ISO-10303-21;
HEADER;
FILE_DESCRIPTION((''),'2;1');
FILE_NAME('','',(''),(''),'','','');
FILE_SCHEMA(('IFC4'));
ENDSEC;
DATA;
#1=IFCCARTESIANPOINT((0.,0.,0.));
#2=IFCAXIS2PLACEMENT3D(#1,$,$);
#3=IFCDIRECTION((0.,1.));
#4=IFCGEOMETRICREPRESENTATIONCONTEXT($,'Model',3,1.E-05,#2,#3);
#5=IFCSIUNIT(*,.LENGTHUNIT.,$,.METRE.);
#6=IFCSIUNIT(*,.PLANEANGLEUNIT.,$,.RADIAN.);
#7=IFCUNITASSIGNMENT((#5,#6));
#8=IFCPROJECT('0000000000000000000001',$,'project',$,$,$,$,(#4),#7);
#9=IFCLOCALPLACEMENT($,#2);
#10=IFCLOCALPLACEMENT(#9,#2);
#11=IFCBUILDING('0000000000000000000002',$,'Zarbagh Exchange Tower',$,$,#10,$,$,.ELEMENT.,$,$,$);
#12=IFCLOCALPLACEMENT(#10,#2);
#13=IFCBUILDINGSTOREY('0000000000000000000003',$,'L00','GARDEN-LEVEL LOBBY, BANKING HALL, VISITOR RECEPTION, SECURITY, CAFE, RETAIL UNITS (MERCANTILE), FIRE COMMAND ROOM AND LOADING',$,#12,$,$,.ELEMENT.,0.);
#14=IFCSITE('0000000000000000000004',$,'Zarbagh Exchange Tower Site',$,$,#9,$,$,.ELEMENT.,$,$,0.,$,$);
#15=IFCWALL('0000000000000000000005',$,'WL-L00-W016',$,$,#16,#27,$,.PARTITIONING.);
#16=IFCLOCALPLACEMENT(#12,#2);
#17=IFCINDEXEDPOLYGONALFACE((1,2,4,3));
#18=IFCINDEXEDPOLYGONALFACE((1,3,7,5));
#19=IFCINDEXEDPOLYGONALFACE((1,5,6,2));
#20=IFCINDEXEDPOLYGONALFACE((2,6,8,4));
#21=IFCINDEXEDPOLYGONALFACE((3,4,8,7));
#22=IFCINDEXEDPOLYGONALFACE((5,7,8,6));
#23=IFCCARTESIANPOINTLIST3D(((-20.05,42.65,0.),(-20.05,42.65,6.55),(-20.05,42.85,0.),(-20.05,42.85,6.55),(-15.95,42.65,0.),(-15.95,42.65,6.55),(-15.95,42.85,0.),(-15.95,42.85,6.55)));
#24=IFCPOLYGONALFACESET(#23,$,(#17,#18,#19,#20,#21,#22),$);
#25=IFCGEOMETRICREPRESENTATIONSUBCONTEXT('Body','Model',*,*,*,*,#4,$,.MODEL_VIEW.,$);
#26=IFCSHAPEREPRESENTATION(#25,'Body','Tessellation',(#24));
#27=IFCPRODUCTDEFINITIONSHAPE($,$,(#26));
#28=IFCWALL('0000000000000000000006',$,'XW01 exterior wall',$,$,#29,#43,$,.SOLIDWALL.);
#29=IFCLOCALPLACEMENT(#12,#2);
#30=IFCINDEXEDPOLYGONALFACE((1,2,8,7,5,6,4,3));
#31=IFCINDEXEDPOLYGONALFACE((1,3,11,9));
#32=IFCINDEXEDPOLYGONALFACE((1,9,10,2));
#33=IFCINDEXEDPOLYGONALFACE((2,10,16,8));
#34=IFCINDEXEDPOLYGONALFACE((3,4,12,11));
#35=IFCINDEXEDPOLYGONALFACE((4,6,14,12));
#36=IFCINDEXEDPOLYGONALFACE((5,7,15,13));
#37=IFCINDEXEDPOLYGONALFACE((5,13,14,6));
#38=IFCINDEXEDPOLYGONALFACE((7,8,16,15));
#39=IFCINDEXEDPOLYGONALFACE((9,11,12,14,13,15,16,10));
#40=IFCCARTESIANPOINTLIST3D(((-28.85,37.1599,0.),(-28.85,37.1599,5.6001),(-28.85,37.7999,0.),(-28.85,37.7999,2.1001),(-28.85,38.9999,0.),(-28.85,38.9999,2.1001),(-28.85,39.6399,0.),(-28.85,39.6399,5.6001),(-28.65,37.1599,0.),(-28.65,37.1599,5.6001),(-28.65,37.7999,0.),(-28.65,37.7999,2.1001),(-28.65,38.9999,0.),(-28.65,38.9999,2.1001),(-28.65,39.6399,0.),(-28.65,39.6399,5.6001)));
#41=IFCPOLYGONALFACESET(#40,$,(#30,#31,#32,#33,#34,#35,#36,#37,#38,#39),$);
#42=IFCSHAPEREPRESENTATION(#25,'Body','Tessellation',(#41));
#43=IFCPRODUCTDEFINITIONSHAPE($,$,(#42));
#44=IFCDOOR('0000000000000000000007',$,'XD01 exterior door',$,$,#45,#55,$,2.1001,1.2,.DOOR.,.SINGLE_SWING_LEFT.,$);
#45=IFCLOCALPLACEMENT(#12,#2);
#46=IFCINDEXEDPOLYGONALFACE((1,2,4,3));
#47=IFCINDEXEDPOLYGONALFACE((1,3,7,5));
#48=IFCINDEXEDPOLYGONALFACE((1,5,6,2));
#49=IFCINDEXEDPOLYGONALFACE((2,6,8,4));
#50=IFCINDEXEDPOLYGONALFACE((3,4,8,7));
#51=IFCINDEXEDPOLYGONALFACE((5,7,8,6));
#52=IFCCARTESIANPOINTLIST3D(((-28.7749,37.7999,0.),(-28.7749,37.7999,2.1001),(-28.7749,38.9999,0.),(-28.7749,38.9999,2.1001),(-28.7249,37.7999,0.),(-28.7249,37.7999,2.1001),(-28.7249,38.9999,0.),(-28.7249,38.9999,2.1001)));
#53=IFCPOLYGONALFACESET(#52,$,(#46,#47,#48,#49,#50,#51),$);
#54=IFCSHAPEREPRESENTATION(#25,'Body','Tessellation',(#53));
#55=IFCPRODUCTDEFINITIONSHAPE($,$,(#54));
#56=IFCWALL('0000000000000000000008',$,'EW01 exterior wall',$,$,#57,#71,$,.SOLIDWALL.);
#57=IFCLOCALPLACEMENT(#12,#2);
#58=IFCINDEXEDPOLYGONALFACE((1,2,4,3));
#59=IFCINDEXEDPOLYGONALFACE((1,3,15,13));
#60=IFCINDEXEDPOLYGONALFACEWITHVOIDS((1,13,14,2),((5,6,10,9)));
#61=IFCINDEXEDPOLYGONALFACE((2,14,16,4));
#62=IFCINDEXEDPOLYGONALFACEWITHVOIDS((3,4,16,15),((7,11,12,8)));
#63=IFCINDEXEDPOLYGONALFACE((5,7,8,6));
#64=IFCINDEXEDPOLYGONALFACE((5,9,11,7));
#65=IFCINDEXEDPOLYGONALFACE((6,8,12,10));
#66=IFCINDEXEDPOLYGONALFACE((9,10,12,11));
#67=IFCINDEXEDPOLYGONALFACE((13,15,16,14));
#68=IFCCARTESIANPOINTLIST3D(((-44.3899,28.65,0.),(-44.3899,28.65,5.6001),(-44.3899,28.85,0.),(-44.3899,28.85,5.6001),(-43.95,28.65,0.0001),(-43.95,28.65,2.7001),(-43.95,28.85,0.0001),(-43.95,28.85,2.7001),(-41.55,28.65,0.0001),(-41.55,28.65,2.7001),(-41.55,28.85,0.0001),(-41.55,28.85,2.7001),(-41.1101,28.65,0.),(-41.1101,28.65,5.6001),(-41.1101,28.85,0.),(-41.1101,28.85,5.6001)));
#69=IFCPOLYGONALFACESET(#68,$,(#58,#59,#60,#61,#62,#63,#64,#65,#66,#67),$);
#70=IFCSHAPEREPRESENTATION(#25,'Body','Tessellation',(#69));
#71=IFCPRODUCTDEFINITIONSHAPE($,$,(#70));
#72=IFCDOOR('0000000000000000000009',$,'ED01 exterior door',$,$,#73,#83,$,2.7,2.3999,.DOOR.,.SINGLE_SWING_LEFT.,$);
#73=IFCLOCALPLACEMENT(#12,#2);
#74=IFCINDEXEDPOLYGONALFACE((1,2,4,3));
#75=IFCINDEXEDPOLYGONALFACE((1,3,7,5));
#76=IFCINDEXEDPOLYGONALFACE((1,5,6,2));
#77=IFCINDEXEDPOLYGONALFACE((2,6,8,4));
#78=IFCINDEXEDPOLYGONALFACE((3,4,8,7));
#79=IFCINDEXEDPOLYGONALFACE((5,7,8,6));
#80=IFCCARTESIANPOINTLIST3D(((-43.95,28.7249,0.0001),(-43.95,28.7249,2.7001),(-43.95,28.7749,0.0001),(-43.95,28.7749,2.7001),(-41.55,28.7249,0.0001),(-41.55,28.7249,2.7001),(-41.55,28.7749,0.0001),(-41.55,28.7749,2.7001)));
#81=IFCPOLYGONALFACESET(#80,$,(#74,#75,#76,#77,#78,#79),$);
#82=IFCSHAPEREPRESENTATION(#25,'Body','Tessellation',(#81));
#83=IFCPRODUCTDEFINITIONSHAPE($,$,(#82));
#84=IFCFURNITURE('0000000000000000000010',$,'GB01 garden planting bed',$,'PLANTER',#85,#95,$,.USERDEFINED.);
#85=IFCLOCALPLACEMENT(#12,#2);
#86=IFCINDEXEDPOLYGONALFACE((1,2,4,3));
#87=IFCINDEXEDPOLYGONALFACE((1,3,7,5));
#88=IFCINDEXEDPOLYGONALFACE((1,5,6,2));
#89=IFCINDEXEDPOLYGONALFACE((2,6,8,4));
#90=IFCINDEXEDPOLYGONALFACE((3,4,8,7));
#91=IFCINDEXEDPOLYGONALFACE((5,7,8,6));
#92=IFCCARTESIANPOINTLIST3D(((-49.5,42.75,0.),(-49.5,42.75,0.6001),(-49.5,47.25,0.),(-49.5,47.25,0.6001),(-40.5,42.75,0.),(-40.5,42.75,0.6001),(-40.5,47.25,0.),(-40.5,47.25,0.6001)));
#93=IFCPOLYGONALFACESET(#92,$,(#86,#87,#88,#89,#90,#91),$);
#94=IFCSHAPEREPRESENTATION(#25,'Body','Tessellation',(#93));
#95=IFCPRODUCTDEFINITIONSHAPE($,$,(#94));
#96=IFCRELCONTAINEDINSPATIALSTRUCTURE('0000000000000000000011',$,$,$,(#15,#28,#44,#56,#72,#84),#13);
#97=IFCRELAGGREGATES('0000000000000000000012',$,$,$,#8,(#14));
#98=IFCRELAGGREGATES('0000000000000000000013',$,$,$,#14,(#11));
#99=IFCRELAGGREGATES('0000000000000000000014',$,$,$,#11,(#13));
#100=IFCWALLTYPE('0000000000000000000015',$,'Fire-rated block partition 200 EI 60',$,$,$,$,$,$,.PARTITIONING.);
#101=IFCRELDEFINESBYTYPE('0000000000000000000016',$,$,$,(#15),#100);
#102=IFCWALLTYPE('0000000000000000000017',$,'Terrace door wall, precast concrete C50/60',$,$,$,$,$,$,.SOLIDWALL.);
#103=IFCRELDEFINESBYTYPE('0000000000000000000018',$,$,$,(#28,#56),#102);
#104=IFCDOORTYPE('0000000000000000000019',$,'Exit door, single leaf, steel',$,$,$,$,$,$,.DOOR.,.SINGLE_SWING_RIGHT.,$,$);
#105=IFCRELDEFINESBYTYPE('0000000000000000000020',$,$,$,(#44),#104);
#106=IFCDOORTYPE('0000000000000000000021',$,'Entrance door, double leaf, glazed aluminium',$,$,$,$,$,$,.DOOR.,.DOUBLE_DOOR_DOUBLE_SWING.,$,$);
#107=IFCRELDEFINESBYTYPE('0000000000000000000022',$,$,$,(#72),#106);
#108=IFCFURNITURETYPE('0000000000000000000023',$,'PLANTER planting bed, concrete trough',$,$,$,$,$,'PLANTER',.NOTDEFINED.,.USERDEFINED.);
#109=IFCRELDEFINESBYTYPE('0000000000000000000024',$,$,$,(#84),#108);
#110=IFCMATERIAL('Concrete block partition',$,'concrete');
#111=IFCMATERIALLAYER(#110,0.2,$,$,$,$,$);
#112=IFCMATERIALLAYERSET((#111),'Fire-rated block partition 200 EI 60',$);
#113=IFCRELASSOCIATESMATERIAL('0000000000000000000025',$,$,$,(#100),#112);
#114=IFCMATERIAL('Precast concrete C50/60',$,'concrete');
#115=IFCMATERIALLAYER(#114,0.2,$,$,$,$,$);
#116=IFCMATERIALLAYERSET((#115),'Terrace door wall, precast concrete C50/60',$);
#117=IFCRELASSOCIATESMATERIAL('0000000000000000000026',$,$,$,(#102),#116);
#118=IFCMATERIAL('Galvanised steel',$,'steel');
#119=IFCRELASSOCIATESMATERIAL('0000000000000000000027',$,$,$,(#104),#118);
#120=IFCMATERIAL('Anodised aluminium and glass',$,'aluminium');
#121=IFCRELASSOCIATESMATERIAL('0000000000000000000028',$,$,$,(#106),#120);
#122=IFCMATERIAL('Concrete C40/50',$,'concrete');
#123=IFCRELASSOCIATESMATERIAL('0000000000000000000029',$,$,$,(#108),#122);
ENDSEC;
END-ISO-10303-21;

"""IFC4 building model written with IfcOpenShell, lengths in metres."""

from ifc_helpers import new_model, si_unit, direction, frame, frame_2d, origin, origin_2d, place, context, subcontext, project, spatial, rectangle, extrude, material, layer, layer_set, type_object, element, fill, save


model = new_model("IFC4")

# Units and contexts
model_context = context("Model", 3, precision=1e-05, world=origin(), true_north=direction((0.0, 1.0)))
body_context = subcontext(model_context, "Body", "Model", "MODEL_VIEW")
ifc_project = project(units=[si_unit("LENGTHUNIT", "METRE"), si_unit("PLANEANGLEUNIT", "RADIAN")], contexts=[model_context])

# Site, building, storey
site_placement = place(None, origin())
site = spatial("IfcSite", under=ifc_project, at=site_placement, Name="Zarbagh Exchange Tower Site", CompositionType="ELEMENT", RefElevation=0.0)
building_placement = place(site_placement, origin())
building = spatial("IfcBuilding", under=site, at=building_placement, Name="Zarbagh Exchange Tower", CompositionType="ELEMENT")
storey_placement = place(building_placement, origin())
storey = spatial("IfcBuildingStorey", under=building, at=storey_placement, Name="L00", Description="GARDEN-LEVEL LOBBY, BANKING HALL, VISITOR RECEPTION, SECURITY, CAFE, RETAIL UNITS (MERCANTILE), FIRE COMMAND ROOM AND LOADING", CompositionType="ELEMENT", Elevation=0.0)

# Shared definitions
ifc_material_1 = material(Name="Concrete block partition", Category="concrete")

# Wall
ifc_layer_1 = layer(ifc_material_1, 0.2)
ifc_layer_set_1 = layer_set([ifc_layer_1], Name="Fire-rated block partition 200 EI 60")
wall_type_1 = type_object("IfcWallType", Name="Fire-rated block partition 200 EI 60", PredefinedType="PARTITIONING", material=ifc_layer_set_1)
wall_1_placement = place(storey_placement, frame((-20.05, 42.75, 0.0), z_axis=(0.0, 0.0, 1.0), x_axis=(1.0, 0.0, 0.0)))
element("IfcWall", 1, at=wall_1_placement, inside=storey, type_object=wall_type_1, Name="WL-L00-W016", PredefinedType="PARTITIONING", context=body_context, shape_type="SweptSolid", body=[
    extrude(rectangle(XDim=4.1001, YDim=0.2, at=frame_2d((2.05, 0.0))), origin(), (0.0, 0.0, 1.0), 6.55),
])

# Walls, openings, doors
ifc_material_2 = material(Name="Precast concrete C50/60", Category="concrete")
ifc_layer_2 = layer(ifc_material_2, 0.2)
ifc_layer_set_2 = layer_set([ifc_layer_2], Name="Terrace door wall, precast concrete C50/60")
wall_type_2 = type_object("IfcWallType", Name="Terrace door wall, precast concrete C50/60", PredefinedType="SOLIDWALL", material=ifc_layer_set_2)
wall_2_placement = place(storey_placement, frame((-28.75, 37.1599, 0.0), z_axis=(0.0, 0.0, 1.0), x_axis=(0.0, 1.0, 0.0)))
wall_2 = element("IfcWall", 2, at=wall_2_placement, inside=storey, type_object=wall_type_2, Name="XW01 exterior wall", PredefinedType="SOLIDWALL", context=body_context, shape_type="SweptSolid", body=[
    extrude(rectangle(XDim=2.48, YDim=0.2, at=frame_2d((1.24, 0.0))), origin(), (0.0, 0.0, 1.0), 5.6001),
])
opening_1_placement = place(wall_2_placement, frame((0.6399, 0.0, 0.0)))
opening_1 = element("IfcOpeningElement", 3, at=opening_1_placement, cuts=wall_2, PredefinedType="OPENING", context=body_context, shape_type="SweptSolid", body=[
    extrude(rectangle(XDim=1.2, YDim=2.1001, at=frame_2d((0.6001, 1.05))), frame((0.0, 0.1099, 0.0), z_axis=(0.0, -1.0, 0.0), x_axis=(1.0, 0.0, 0.0)), (0.0, 0.0, 1.0), 0.22),
])
ifc_material_3 = material(Name="Galvanised steel", Category="steel")
door_type_1 = type_object("IfcDoorType", Name="Exit door, single leaf, steel", OperationType="SINGLE_SWING_RIGHT", PredefinedType="DOOR", material=ifc_material_3)
door_1_placement = place(opening_1_placement, origin())
door_1 = element("IfcDoor", 4, at=door_1_placement, inside=storey, type_object=door_type_1, Name="XD01 exterior door", OperationType="SINGLE_SWING_LEFT", OverallHeight=2.1001, OverallWidth=1.2, PredefinedType="DOOR", context=body_context, shape_type="SweptSolid", body=[
    extrude(rectangle(XDim=1.2, YDim=2.1001, at=frame_2d((0.6001, 1.05))), frame((0.0, 0.0249, 0.0), z_axis=(0.0, -1.0, 0.0), x_axis=(1.0, 0.0, 0.0)), (0.0, 0.0, 1.0), 0.05),
])
fill(opening_1, door_1)
wall_3_placement = place(storey_placement, frame((-44.3899, 28.75, 0.0), z_axis=(0.0, 0.0, 1.0), x_axis=(1.0, 0.0, 0.0)))
wall_3 = element("IfcWall", 5, at=wall_3_placement, inside=storey, type_object=wall_type_2, Name="EW01 exterior wall", PredefinedType="SOLIDWALL", context=body_context, shape_type="SweptSolid", body=[
    extrude(rectangle(XDim=3.2798, YDim=0.2, at=frame_2d((1.6399, 0.0))), origin(), (0.0, 0.0, 1.0), 5.6001),
])
opening_2_placement = place(wall_3_placement, frame((0.4399, 0.0, 0.0)))
opening_2 = element("IfcOpeningElement", 6, at=opening_2_placement, cuts=wall_3, PredefinedType="OPENING", context=body_context, shape_type="SweptSolid", body=[
    extrude(rectangle(XDim=2.3999, YDim=2.7, at=frame_2d((1.2, 1.3501))), frame((0.0, 0.1099, 0.0), z_axis=(0.0, -1.0, 0.0), x_axis=(1.0, 0.0, 0.0)), (0.0, 0.0, 1.0), 0.22),
])
ifc_material_4 = material(Name="Anodised aluminium and glass", Category="aluminium")
door_type_2 = type_object("IfcDoorType", Name="Entrance door, double leaf, glazed aluminium", OperationType="DOUBLE_DOOR_DOUBLE_SWING", PredefinedType="DOOR", material=ifc_material_4)
door_2_placement = place(opening_2_placement, origin())
door_2 = element("IfcDoor", 7, at=door_2_placement, inside=storey, type_object=door_type_2, Name="ED01 exterior door", OperationType="SINGLE_SWING_LEFT", OverallHeight=2.7, OverallWidth=2.3999, PredefinedType="DOOR", context=body_context, shape_type="SweptSolid", body=[
    extrude(rectangle(XDim=2.3999, YDim=2.7, at=frame_2d((1.2, 1.3501))), frame((0.0, 0.0249, 0.0), z_axis=(0.0, -1.0, 0.0), x_axis=(1.0, 0.0, 0.0)), (0.0, 0.0, 1.0), 0.05),
])
fill(opening_2, door_2)

# Furniture
ifc_material_5 = material(Name="Concrete C40/50", Category="concrete")
furniture_type = type_object("IfcFurnitureType", Name="PLANTER planting bed, concrete trough", ElementType="PLANTER", AssemblyPlace="NOTDEFINED", PredefinedType="USERDEFINED", material=ifc_material_5)
furniture_placement = place(storey_placement, frame((-45.0, 45.0, 0.0), z_axis=(0.0, 0.0, 1.0), x_axis=(1.0, 0.0, 0.0)))
element("IfcFurniture", 8, at=furniture_placement, inside=storey, type_object=furniture_type, Name="GB01 garden planting bed", ObjectType="PLANTER", PredefinedType="USERDEFINED", context=body_context, shape_type="SweptSolid", body=[
    extrude(rectangle(XDim=9.0, YDim=4.5, at=origin_2d()), origin(), (0.0, 0.0, 1.0), 0.6001),
])

save(model, "model.ifc")
